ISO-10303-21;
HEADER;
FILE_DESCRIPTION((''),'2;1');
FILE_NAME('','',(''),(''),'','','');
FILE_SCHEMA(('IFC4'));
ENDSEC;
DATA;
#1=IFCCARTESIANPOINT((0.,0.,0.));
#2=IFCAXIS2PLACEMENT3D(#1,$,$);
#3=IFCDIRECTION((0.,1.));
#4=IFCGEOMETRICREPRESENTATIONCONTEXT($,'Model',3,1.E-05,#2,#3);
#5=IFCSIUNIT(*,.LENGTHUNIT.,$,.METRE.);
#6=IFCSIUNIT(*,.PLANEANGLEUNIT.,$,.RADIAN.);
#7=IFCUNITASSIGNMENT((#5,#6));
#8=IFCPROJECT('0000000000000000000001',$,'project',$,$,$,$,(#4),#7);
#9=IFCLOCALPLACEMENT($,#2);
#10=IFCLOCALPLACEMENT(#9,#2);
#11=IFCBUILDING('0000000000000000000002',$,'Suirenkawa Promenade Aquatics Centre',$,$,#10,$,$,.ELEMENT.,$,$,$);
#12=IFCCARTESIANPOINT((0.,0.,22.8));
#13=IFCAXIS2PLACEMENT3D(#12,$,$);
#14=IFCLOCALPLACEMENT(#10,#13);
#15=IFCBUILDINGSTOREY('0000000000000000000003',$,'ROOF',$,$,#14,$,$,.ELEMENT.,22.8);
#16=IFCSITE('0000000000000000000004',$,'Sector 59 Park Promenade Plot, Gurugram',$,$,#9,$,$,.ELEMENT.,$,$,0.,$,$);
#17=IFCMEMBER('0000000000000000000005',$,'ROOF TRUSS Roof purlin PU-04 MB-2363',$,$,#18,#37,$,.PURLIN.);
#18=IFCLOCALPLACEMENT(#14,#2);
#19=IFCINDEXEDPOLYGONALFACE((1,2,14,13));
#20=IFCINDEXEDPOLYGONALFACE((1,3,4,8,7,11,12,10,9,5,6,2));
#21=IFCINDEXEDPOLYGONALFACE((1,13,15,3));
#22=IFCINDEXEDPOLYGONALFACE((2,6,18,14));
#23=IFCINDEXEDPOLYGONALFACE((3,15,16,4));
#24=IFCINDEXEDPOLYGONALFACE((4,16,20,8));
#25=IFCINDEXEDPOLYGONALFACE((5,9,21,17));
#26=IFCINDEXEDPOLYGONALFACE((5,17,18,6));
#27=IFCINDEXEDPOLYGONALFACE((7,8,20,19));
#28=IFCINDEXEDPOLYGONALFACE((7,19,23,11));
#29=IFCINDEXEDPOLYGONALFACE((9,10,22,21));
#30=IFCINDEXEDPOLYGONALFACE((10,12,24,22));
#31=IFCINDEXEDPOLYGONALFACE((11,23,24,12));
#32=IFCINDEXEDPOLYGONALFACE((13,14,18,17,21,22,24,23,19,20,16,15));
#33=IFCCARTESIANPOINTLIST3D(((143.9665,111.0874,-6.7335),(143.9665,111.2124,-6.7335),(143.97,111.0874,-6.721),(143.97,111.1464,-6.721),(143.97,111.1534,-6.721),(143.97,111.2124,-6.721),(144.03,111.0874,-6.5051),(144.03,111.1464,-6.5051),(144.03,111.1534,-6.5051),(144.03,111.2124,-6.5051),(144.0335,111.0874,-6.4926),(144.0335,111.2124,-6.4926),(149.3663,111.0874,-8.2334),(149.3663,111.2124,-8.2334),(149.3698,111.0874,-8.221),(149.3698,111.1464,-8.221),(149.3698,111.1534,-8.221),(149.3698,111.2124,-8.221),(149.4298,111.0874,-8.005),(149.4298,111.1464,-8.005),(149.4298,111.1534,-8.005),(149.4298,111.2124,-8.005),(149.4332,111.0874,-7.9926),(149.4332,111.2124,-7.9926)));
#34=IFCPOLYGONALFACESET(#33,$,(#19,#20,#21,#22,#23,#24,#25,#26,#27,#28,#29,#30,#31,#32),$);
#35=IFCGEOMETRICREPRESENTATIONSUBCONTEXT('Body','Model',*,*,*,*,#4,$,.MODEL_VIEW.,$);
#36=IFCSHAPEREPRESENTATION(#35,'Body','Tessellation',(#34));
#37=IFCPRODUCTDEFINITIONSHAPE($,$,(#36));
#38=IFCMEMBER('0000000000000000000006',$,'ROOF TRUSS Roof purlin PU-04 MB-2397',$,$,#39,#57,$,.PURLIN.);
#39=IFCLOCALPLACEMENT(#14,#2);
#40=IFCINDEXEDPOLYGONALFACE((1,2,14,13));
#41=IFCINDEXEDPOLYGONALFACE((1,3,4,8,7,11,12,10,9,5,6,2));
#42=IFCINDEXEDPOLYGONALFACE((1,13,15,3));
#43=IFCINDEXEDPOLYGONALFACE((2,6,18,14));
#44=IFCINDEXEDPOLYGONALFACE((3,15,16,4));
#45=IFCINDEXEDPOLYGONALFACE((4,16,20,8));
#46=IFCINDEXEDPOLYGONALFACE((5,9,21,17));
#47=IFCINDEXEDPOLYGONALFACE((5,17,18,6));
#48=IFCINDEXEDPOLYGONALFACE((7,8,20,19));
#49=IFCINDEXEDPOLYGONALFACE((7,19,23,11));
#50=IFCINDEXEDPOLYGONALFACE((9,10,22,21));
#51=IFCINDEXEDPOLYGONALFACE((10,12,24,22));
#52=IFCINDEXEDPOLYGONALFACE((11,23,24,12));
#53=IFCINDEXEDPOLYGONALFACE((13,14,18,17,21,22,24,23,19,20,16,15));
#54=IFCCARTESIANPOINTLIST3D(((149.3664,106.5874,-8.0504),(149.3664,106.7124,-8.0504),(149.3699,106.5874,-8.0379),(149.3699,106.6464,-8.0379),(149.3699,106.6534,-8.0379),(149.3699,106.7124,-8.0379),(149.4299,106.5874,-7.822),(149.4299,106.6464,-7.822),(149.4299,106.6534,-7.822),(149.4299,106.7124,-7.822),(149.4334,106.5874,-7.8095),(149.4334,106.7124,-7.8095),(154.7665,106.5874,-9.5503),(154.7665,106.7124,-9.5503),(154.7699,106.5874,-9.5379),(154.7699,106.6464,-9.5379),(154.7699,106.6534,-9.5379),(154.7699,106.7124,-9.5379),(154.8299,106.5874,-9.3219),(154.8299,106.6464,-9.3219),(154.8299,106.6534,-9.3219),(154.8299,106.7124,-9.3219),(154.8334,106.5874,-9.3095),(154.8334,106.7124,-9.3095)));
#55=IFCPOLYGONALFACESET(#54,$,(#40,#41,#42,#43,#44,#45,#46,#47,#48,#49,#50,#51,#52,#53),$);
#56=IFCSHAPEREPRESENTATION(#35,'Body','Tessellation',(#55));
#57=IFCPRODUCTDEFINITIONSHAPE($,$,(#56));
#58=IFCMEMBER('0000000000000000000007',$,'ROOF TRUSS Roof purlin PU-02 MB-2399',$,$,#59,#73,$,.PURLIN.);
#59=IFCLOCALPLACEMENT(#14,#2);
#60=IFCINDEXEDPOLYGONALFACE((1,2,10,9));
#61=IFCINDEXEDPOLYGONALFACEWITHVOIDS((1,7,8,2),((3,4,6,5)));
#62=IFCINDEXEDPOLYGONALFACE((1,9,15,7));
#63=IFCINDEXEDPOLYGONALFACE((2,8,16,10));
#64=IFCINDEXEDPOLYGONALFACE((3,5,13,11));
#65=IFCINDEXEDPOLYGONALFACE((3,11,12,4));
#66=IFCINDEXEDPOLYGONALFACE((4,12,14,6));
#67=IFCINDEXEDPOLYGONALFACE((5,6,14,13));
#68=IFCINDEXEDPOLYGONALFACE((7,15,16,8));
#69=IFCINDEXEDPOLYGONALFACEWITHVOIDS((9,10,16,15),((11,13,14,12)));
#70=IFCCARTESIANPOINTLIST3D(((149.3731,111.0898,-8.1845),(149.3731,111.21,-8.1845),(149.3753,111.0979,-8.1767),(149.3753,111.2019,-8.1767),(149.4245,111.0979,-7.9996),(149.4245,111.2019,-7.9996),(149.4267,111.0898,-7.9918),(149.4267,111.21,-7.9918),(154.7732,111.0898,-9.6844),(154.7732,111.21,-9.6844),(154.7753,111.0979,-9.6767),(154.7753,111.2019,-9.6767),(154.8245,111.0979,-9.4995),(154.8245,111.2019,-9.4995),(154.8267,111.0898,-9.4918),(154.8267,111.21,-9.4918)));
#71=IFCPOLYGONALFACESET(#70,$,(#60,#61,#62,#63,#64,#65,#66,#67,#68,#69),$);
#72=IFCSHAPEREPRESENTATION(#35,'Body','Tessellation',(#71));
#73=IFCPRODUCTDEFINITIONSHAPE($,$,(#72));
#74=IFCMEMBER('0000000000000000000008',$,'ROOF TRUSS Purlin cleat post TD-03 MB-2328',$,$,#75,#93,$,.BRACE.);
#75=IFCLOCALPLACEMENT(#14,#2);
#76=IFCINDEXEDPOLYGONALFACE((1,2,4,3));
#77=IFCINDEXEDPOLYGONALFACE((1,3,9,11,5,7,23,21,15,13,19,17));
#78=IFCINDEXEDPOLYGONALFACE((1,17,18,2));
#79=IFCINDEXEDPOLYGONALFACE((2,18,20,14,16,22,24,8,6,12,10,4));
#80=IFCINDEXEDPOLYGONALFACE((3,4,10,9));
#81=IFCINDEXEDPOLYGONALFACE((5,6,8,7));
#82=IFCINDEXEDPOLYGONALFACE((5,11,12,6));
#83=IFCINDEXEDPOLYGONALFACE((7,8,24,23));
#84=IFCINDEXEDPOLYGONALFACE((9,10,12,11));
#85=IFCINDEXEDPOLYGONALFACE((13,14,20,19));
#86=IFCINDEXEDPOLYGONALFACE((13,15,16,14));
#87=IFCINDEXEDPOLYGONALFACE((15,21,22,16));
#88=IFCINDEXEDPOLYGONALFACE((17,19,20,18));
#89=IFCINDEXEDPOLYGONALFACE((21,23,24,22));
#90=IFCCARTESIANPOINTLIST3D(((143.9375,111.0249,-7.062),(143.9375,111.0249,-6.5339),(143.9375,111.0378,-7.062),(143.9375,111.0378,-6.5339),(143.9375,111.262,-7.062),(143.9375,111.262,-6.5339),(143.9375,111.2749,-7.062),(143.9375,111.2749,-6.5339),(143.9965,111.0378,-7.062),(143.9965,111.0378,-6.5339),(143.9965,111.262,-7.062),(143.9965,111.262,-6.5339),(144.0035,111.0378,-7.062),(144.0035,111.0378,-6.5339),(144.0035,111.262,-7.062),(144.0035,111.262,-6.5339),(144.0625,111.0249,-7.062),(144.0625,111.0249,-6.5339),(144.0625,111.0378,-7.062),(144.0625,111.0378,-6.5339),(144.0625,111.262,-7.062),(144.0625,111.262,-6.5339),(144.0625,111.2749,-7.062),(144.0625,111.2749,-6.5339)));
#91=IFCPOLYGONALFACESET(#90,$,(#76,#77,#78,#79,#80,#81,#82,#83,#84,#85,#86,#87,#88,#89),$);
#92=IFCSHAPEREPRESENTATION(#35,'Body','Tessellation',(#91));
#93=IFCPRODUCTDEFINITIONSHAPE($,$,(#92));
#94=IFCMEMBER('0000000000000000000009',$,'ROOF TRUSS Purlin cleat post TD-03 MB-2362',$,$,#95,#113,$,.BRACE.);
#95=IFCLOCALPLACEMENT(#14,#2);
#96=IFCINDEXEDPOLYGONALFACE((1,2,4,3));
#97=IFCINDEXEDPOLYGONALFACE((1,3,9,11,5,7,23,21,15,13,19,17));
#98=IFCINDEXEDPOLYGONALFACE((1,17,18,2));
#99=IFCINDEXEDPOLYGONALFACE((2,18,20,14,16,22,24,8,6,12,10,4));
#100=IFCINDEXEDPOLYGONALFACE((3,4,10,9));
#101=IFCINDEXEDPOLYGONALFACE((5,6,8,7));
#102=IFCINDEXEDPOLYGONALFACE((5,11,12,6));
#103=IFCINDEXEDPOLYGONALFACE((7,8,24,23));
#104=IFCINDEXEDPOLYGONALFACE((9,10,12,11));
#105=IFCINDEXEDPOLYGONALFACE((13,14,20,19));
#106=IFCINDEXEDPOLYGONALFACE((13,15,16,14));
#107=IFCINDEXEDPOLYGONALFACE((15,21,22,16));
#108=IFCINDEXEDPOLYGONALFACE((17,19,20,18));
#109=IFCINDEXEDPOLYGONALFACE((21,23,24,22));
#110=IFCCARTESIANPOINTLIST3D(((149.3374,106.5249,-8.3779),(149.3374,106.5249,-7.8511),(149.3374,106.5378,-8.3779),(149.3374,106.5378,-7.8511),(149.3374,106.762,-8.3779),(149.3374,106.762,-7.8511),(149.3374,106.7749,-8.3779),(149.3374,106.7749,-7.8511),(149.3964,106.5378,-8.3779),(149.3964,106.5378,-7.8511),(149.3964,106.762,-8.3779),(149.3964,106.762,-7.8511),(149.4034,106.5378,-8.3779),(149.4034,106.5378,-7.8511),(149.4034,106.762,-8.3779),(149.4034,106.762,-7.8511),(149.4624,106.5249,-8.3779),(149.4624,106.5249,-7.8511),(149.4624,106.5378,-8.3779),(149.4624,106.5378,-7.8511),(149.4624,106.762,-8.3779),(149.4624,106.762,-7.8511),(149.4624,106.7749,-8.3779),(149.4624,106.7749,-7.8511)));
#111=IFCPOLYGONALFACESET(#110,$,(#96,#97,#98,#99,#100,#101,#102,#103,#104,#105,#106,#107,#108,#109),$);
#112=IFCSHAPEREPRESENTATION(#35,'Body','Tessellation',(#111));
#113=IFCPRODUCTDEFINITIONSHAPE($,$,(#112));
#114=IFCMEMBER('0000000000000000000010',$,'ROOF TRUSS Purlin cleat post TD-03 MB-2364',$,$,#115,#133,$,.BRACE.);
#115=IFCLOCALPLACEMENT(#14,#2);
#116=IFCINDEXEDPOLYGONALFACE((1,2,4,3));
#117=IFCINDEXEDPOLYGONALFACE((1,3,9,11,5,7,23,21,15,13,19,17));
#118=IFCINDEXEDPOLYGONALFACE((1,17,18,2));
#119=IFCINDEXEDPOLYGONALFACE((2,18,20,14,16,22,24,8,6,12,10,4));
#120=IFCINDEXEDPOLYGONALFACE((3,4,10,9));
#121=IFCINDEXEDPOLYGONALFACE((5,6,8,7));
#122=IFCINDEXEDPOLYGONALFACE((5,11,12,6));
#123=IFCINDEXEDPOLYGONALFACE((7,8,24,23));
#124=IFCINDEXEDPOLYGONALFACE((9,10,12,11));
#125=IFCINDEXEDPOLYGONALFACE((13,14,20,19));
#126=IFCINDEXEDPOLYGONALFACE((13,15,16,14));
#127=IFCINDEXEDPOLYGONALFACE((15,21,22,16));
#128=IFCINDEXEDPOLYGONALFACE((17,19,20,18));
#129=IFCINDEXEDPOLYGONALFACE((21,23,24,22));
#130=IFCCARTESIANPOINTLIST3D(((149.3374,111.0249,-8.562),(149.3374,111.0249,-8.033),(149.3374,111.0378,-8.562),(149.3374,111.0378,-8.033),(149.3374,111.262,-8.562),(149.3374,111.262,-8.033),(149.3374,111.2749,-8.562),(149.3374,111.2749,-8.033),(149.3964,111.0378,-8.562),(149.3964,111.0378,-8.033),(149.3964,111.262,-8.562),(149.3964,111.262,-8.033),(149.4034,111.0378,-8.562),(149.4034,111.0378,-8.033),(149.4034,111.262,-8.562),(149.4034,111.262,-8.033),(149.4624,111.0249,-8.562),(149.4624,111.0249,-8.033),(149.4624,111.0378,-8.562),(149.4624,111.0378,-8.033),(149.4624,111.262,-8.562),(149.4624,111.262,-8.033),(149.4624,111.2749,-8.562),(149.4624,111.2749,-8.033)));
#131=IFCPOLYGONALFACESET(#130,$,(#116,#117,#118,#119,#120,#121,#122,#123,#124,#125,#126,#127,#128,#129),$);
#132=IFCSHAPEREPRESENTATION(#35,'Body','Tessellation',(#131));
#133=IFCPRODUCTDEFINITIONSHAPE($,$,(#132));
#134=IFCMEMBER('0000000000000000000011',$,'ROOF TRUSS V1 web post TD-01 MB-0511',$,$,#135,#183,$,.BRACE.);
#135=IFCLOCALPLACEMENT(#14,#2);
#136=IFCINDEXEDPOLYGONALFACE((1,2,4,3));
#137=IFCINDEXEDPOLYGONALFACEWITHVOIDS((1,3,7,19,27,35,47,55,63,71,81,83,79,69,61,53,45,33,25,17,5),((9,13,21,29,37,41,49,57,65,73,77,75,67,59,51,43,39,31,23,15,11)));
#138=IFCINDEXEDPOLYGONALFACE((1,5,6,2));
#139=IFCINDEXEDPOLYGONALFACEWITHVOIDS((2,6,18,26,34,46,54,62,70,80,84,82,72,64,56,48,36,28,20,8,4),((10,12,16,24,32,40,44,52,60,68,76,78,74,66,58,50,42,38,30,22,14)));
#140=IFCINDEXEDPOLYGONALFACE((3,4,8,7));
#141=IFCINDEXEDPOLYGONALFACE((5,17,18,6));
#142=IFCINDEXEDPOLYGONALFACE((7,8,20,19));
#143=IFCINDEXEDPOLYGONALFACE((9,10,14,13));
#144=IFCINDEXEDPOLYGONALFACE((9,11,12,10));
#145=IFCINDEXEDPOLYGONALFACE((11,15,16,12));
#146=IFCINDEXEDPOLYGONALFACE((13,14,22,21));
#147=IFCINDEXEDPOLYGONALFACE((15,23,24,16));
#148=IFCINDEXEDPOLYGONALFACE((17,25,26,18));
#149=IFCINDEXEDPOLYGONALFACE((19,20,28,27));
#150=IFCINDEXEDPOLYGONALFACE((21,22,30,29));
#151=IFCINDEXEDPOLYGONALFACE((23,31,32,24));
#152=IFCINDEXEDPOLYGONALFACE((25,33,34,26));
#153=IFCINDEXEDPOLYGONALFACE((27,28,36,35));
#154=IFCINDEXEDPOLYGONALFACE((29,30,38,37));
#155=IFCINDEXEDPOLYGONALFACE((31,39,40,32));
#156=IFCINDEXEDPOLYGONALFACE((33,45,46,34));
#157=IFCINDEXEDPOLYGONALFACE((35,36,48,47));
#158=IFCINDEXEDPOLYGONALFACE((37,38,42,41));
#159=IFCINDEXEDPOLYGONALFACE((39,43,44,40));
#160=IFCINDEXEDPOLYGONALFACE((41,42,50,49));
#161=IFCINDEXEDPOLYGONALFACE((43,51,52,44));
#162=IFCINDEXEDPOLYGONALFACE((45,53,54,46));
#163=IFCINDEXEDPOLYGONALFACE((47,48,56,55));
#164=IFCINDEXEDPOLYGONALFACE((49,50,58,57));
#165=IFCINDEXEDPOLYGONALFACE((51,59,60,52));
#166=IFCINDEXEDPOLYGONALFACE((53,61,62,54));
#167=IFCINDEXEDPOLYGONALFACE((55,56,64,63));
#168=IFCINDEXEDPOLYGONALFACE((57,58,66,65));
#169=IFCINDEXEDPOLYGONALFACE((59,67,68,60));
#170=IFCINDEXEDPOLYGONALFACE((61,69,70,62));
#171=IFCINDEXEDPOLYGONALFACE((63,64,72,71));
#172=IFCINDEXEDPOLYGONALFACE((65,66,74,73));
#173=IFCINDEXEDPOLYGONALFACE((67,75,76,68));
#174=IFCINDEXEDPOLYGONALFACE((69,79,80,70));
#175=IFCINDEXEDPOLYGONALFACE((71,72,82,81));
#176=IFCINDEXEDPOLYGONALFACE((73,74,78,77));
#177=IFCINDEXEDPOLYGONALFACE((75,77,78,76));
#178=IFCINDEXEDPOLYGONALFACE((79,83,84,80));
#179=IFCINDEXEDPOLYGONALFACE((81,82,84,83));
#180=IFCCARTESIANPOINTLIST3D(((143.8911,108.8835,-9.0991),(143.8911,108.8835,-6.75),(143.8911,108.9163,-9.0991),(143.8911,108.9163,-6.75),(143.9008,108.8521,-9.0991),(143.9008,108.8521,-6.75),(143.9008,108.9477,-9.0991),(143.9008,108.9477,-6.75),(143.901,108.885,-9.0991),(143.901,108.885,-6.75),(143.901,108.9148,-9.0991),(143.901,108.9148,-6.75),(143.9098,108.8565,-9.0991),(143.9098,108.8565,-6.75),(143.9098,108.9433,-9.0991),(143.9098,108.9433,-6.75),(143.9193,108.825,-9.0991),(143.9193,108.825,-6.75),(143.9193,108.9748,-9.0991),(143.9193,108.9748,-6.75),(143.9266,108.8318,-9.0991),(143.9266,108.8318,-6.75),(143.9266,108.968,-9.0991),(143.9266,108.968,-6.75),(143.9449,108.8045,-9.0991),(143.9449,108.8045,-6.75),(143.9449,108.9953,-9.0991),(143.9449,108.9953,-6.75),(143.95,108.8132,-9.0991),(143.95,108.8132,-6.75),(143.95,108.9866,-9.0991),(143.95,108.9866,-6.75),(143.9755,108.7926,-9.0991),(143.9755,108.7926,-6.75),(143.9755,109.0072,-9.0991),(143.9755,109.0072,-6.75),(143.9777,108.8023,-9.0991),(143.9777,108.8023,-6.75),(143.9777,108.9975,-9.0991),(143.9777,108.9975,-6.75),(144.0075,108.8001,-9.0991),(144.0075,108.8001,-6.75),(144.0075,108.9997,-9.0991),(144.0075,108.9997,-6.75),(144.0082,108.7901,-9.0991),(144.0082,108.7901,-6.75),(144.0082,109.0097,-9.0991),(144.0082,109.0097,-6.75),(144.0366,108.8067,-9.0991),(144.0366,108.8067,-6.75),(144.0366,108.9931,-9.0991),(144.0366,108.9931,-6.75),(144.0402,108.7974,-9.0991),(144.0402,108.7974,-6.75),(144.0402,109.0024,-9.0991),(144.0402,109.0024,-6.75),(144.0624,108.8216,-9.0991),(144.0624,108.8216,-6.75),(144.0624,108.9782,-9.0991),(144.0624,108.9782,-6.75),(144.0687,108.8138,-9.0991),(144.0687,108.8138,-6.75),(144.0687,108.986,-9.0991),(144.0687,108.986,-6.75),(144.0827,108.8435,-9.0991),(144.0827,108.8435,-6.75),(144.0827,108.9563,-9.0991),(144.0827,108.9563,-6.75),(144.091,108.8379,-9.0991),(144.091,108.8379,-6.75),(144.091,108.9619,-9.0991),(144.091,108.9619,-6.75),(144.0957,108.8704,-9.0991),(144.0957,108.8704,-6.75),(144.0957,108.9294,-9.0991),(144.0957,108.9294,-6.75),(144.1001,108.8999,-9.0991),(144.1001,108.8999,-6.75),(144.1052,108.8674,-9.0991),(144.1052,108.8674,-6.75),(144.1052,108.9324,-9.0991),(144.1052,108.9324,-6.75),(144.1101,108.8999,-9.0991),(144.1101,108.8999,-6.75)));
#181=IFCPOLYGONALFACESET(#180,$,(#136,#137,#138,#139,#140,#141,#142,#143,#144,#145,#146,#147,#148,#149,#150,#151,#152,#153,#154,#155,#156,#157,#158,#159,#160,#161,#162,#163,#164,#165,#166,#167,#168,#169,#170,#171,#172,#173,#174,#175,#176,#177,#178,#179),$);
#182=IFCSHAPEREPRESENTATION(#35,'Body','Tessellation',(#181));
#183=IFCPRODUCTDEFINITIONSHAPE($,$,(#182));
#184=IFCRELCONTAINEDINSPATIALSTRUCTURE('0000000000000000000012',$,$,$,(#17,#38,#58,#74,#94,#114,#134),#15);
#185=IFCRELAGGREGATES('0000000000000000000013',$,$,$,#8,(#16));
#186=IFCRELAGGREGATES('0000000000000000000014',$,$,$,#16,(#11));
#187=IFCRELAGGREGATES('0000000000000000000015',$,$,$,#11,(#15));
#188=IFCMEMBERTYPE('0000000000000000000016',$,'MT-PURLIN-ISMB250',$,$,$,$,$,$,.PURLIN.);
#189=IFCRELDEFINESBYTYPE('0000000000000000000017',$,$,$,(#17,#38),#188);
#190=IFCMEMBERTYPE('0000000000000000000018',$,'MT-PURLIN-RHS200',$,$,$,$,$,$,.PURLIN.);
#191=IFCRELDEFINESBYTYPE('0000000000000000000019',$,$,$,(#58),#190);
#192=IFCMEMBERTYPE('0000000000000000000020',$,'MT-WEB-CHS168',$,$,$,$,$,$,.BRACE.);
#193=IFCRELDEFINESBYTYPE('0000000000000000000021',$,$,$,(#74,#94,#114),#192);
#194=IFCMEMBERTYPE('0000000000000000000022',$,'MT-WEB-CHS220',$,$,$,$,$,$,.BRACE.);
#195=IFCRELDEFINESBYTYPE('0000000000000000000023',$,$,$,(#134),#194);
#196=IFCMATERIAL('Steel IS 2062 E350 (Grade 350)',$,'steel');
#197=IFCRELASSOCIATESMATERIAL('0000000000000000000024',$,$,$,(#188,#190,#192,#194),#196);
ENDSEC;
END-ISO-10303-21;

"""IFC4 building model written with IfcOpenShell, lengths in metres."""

from ifc_helpers import new_model, si_unit, direction, frame, origin, origin_2d, place, context, subcontext, project, spatial, hollow_rectangle, hollow_circle, i_section, extrude, material, material_profile, profile_set, type_object, element, save


model = new_model("IFC4")

# Units and contexts
model_context = context("Model", 3, precision=1e-05, world=origin(), true_north=direction((0.0, 1.0)))
body_context = subcontext(model_context, "Body", "Model", "MODEL_VIEW")
ifc_project = project(units=[si_unit("LENGTHUNIT", "METRE"), si_unit("PLANEANGLEUNIT", "RADIAN")], contexts=[model_context])

# Site, building, storey
site_placement = place(None, origin())
site = spatial("IfcSite", under=ifc_project, at=site_placement, Name="Sector 59 Park Promenade Plot, Gurugram", CompositionType="ELEMENT", RefElevation=0.0)
building_placement = place(site_placement, origin())
building = spatial("IfcBuilding", under=site, at=building_placement, Name="Suirenkawa Promenade Aquatics Centre", CompositionType="ELEMENT")
storey_placement = place(building_placement, frame((0.0, 0.0, 22.8)))
storey = spatial("IfcBuildingStorey", under=building, at=storey_placement, Name="ROOF", CompositionType="ELEMENT", Elevation=22.8)

# Shared definitions
ifc_material = material(Name="Steel IS 2062 E350 (Grade 350)", Category="steel")

# Members
ifc_material_profile_1 = material_profile(ifc_material, i_section(OverallWidth=0.125, OverallDepth=0.25, WebThickness=0.0071, FlangeThickness=0.0129, at=origin_2d()), Name="ISMB 250", Category="steel")
ifc_profile_set_1 = profile_set([ifc_material_profile_1], Name="Steel IS 2062 E350 (Grade 350)")
member_type_1 = type_object("IfcMemberType", Name="MT-PURLIN-ISMB250", PredefinedType="PURLIN", material=ifc_profile_set_1)
member_1_placement = place(storey_placement, frame((144.0, 111.1499, -6.613), z_axis=(0.963517, 0.0, -0.267648), x_axis=(0.0, 1.0, 0.0)))
element("IfcMember", 1, at=member_1_placement, inside=storey, type_object=member_type_1, Name="ROOF TRUSS Roof purlin PU-04 MB-2363", PredefinedType="PURLIN", context=body_context, shape_type="SweptSolid", body=[
    extrude(i_section(OverallWidth=0.125, OverallDepth=0.25, WebThickness=0.0071, FlangeThickness=0.0129, at=origin_2d()), origin(), (0.0, 0.0, 1.0), 5.6042),
])
member_2_placement = place(storey_placement, frame((149.3999, 106.6499, -7.9299), z_axis=(0.96352, 0.0, -0.267637), x_axis=(0.0, 1.0, 0.0)))
element("IfcMember", 2, at=member_2_placement, inside=storey, type_object=member_type_1, Name="ROOF TRUSS Roof purlin PU-04 MB-2397", PredefinedType="PURLIN", context=body_context, shape_type="SweptSolid", body=[
    extrude(i_section(OverallWidth=0.125, OverallDepth=0.25, WebThickness=0.0071, FlangeThickness=0.0129, at=origin_2d()), origin(), (0.0, 0.0, 1.0), 5.6045),
])
ifc_material_profile_2 = material_profile(ifc_material, hollow_rectangle(XDim=0.1201, YDim=0.2, WallThickness=0.0081, at=origin_2d()), Name="RHS 200x120x8", Category="steel")
ifc_profile_set_2 = profile_set([ifc_material_profile_2], Name="Steel IS 2062 E350 (Grade 350)")
member_type_2 = type_object("IfcMemberType", Name="MT-PURLIN-RHS200", PredefinedType="PURLIN", material=ifc_profile_set_2)
member_3_placement = place(storey_placement, frame((149.3999, 111.1499, -8.0881), z_axis=(0.96352, 0.0, -0.267637), x_axis=(0.0, 1.0, 0.0)))
element("IfcMember", 3, at=member_3_placement, inside=storey, type_object=member_type_2, Name="ROOF TRUSS Roof purlin PU-02 MB-2399", PredefinedType="PURLIN", context=body_context, shape_type="SweptSolid", body=[
    extrude(hollow_rectangle(XDim=0.1201, YDim=0.2, WallThickness=0.0081, at=origin_2d()), origin(), (0.0, 0.0, 1.0), 5.6045),
])
ifc_material_profile_3 = material_profile(ifc_material, i_section(OverallWidth=0.125, OverallDepth=0.25, WebThickness=0.0071, FlangeThickness=0.0129, at=origin_2d()), Name="ISMB 250", Category="steel")
ifc_profile_set_3 = profile_set([ifc_material_profile_3], Name="Steel IS 2062 E350 (Grade 350)")
member_type_3 = type_object("IfcMemberType", Name="MT-WEB-CHS168", PredefinedType="BRACE", material=ifc_profile_set_3)
member_4_placement = place(storey_placement, frame((144.0, 111.1499, -7.062), z_axis=(0.0, 0.0, 1.0), x_axis=(1.0, 0.0, 0.0)))
element("IfcMember", 4, at=member_4_placement, inside=storey, type_object=member_type_3, Name="ROOF TRUSS Purlin cleat post TD-03 MB-2328", PredefinedType="BRACE", context=body_context, shape_type="SweptSolid", body=[
    extrude(i_section(OverallWidth=0.125, OverallDepth=0.25, WebThickness=0.0071, FlangeThickness=0.0129, at=origin_2d()), origin(), (0.0, 0.0, 1.0), 0.5281),
])
member_5_placement = place(storey_placement, frame((149.3999, 106.6499, -8.3779), z_axis=(0.0, 0.0, 1.0), x_axis=(1.0, 0.0, 0.0)))
element("IfcMember", 5, at=member_5_placement, inside=storey, type_object=member_type_3, Name="ROOF TRUSS Purlin cleat post TD-03 MB-2362", PredefinedType="BRACE", context=body_context, shape_type="SweptSolid", body=[
    extrude(i_section(OverallWidth=0.125, OverallDepth=0.25, WebThickness=0.0071, FlangeThickness=0.0129, at=origin_2d()), origin(), (0.0, 0.0, 1.0), 0.5269),
])
member_6_placement = place(storey_placement, frame((149.3999, 111.1499, -8.562), z_axis=(0.0, 0.0, 1.0), x_axis=(1.0, 0.0, 0.0)))
element("IfcMember", 6, at=member_6_placement, inside=storey, type_object=member_type_3, Name="ROOF TRUSS Purlin cleat post TD-03 MB-2364", PredefinedType="BRACE", context=body_context, shape_type="SweptSolid", body=[
    extrude(i_section(OverallWidth=0.125, OverallDepth=0.25, WebThickness=0.0071, FlangeThickness=0.0129, at=origin_2d()), origin(), (0.0, 0.0, 1.0), 0.5291),
])
ifc_material_profile_4 = material_profile(ifc_material, hollow_circle(Radius=0.1101, WallThickness=0.01, at=origin_2d()), Name="CHS 220x10", Category="steel")
ifc_profile_set_4 = profile_set([ifc_material_profile_4], Name="Steel IS 2062 E350 (Grade 350)")
member_type_4 = type_object("IfcMemberType", Name="MT-WEB-CHS220", PredefinedType="BRACE", material=ifc_profile_set_4)
member_7_placement = place(storey_placement, frame((144.0, 108.8999, -9.0991), z_axis=(0.0, 0.0, 1.0), x_axis=(1.0, 0.0, 0.0)))
element("IfcMember", 7, at=member_7_placement, inside=storey, type_object=member_type_4, Name="ROOF TRUSS V1 web post TD-01 MB-0511", PredefinedType="BRACE", context=body_context, shape_type="SweptSolid", body=[
    extrude(hollow_circle(Radius=0.1101, WallThickness=0.01, at=origin_2d()), origin(), (0.0, 0.0, 1.0), 2.3491),
])

save(model, "model.ifc")
